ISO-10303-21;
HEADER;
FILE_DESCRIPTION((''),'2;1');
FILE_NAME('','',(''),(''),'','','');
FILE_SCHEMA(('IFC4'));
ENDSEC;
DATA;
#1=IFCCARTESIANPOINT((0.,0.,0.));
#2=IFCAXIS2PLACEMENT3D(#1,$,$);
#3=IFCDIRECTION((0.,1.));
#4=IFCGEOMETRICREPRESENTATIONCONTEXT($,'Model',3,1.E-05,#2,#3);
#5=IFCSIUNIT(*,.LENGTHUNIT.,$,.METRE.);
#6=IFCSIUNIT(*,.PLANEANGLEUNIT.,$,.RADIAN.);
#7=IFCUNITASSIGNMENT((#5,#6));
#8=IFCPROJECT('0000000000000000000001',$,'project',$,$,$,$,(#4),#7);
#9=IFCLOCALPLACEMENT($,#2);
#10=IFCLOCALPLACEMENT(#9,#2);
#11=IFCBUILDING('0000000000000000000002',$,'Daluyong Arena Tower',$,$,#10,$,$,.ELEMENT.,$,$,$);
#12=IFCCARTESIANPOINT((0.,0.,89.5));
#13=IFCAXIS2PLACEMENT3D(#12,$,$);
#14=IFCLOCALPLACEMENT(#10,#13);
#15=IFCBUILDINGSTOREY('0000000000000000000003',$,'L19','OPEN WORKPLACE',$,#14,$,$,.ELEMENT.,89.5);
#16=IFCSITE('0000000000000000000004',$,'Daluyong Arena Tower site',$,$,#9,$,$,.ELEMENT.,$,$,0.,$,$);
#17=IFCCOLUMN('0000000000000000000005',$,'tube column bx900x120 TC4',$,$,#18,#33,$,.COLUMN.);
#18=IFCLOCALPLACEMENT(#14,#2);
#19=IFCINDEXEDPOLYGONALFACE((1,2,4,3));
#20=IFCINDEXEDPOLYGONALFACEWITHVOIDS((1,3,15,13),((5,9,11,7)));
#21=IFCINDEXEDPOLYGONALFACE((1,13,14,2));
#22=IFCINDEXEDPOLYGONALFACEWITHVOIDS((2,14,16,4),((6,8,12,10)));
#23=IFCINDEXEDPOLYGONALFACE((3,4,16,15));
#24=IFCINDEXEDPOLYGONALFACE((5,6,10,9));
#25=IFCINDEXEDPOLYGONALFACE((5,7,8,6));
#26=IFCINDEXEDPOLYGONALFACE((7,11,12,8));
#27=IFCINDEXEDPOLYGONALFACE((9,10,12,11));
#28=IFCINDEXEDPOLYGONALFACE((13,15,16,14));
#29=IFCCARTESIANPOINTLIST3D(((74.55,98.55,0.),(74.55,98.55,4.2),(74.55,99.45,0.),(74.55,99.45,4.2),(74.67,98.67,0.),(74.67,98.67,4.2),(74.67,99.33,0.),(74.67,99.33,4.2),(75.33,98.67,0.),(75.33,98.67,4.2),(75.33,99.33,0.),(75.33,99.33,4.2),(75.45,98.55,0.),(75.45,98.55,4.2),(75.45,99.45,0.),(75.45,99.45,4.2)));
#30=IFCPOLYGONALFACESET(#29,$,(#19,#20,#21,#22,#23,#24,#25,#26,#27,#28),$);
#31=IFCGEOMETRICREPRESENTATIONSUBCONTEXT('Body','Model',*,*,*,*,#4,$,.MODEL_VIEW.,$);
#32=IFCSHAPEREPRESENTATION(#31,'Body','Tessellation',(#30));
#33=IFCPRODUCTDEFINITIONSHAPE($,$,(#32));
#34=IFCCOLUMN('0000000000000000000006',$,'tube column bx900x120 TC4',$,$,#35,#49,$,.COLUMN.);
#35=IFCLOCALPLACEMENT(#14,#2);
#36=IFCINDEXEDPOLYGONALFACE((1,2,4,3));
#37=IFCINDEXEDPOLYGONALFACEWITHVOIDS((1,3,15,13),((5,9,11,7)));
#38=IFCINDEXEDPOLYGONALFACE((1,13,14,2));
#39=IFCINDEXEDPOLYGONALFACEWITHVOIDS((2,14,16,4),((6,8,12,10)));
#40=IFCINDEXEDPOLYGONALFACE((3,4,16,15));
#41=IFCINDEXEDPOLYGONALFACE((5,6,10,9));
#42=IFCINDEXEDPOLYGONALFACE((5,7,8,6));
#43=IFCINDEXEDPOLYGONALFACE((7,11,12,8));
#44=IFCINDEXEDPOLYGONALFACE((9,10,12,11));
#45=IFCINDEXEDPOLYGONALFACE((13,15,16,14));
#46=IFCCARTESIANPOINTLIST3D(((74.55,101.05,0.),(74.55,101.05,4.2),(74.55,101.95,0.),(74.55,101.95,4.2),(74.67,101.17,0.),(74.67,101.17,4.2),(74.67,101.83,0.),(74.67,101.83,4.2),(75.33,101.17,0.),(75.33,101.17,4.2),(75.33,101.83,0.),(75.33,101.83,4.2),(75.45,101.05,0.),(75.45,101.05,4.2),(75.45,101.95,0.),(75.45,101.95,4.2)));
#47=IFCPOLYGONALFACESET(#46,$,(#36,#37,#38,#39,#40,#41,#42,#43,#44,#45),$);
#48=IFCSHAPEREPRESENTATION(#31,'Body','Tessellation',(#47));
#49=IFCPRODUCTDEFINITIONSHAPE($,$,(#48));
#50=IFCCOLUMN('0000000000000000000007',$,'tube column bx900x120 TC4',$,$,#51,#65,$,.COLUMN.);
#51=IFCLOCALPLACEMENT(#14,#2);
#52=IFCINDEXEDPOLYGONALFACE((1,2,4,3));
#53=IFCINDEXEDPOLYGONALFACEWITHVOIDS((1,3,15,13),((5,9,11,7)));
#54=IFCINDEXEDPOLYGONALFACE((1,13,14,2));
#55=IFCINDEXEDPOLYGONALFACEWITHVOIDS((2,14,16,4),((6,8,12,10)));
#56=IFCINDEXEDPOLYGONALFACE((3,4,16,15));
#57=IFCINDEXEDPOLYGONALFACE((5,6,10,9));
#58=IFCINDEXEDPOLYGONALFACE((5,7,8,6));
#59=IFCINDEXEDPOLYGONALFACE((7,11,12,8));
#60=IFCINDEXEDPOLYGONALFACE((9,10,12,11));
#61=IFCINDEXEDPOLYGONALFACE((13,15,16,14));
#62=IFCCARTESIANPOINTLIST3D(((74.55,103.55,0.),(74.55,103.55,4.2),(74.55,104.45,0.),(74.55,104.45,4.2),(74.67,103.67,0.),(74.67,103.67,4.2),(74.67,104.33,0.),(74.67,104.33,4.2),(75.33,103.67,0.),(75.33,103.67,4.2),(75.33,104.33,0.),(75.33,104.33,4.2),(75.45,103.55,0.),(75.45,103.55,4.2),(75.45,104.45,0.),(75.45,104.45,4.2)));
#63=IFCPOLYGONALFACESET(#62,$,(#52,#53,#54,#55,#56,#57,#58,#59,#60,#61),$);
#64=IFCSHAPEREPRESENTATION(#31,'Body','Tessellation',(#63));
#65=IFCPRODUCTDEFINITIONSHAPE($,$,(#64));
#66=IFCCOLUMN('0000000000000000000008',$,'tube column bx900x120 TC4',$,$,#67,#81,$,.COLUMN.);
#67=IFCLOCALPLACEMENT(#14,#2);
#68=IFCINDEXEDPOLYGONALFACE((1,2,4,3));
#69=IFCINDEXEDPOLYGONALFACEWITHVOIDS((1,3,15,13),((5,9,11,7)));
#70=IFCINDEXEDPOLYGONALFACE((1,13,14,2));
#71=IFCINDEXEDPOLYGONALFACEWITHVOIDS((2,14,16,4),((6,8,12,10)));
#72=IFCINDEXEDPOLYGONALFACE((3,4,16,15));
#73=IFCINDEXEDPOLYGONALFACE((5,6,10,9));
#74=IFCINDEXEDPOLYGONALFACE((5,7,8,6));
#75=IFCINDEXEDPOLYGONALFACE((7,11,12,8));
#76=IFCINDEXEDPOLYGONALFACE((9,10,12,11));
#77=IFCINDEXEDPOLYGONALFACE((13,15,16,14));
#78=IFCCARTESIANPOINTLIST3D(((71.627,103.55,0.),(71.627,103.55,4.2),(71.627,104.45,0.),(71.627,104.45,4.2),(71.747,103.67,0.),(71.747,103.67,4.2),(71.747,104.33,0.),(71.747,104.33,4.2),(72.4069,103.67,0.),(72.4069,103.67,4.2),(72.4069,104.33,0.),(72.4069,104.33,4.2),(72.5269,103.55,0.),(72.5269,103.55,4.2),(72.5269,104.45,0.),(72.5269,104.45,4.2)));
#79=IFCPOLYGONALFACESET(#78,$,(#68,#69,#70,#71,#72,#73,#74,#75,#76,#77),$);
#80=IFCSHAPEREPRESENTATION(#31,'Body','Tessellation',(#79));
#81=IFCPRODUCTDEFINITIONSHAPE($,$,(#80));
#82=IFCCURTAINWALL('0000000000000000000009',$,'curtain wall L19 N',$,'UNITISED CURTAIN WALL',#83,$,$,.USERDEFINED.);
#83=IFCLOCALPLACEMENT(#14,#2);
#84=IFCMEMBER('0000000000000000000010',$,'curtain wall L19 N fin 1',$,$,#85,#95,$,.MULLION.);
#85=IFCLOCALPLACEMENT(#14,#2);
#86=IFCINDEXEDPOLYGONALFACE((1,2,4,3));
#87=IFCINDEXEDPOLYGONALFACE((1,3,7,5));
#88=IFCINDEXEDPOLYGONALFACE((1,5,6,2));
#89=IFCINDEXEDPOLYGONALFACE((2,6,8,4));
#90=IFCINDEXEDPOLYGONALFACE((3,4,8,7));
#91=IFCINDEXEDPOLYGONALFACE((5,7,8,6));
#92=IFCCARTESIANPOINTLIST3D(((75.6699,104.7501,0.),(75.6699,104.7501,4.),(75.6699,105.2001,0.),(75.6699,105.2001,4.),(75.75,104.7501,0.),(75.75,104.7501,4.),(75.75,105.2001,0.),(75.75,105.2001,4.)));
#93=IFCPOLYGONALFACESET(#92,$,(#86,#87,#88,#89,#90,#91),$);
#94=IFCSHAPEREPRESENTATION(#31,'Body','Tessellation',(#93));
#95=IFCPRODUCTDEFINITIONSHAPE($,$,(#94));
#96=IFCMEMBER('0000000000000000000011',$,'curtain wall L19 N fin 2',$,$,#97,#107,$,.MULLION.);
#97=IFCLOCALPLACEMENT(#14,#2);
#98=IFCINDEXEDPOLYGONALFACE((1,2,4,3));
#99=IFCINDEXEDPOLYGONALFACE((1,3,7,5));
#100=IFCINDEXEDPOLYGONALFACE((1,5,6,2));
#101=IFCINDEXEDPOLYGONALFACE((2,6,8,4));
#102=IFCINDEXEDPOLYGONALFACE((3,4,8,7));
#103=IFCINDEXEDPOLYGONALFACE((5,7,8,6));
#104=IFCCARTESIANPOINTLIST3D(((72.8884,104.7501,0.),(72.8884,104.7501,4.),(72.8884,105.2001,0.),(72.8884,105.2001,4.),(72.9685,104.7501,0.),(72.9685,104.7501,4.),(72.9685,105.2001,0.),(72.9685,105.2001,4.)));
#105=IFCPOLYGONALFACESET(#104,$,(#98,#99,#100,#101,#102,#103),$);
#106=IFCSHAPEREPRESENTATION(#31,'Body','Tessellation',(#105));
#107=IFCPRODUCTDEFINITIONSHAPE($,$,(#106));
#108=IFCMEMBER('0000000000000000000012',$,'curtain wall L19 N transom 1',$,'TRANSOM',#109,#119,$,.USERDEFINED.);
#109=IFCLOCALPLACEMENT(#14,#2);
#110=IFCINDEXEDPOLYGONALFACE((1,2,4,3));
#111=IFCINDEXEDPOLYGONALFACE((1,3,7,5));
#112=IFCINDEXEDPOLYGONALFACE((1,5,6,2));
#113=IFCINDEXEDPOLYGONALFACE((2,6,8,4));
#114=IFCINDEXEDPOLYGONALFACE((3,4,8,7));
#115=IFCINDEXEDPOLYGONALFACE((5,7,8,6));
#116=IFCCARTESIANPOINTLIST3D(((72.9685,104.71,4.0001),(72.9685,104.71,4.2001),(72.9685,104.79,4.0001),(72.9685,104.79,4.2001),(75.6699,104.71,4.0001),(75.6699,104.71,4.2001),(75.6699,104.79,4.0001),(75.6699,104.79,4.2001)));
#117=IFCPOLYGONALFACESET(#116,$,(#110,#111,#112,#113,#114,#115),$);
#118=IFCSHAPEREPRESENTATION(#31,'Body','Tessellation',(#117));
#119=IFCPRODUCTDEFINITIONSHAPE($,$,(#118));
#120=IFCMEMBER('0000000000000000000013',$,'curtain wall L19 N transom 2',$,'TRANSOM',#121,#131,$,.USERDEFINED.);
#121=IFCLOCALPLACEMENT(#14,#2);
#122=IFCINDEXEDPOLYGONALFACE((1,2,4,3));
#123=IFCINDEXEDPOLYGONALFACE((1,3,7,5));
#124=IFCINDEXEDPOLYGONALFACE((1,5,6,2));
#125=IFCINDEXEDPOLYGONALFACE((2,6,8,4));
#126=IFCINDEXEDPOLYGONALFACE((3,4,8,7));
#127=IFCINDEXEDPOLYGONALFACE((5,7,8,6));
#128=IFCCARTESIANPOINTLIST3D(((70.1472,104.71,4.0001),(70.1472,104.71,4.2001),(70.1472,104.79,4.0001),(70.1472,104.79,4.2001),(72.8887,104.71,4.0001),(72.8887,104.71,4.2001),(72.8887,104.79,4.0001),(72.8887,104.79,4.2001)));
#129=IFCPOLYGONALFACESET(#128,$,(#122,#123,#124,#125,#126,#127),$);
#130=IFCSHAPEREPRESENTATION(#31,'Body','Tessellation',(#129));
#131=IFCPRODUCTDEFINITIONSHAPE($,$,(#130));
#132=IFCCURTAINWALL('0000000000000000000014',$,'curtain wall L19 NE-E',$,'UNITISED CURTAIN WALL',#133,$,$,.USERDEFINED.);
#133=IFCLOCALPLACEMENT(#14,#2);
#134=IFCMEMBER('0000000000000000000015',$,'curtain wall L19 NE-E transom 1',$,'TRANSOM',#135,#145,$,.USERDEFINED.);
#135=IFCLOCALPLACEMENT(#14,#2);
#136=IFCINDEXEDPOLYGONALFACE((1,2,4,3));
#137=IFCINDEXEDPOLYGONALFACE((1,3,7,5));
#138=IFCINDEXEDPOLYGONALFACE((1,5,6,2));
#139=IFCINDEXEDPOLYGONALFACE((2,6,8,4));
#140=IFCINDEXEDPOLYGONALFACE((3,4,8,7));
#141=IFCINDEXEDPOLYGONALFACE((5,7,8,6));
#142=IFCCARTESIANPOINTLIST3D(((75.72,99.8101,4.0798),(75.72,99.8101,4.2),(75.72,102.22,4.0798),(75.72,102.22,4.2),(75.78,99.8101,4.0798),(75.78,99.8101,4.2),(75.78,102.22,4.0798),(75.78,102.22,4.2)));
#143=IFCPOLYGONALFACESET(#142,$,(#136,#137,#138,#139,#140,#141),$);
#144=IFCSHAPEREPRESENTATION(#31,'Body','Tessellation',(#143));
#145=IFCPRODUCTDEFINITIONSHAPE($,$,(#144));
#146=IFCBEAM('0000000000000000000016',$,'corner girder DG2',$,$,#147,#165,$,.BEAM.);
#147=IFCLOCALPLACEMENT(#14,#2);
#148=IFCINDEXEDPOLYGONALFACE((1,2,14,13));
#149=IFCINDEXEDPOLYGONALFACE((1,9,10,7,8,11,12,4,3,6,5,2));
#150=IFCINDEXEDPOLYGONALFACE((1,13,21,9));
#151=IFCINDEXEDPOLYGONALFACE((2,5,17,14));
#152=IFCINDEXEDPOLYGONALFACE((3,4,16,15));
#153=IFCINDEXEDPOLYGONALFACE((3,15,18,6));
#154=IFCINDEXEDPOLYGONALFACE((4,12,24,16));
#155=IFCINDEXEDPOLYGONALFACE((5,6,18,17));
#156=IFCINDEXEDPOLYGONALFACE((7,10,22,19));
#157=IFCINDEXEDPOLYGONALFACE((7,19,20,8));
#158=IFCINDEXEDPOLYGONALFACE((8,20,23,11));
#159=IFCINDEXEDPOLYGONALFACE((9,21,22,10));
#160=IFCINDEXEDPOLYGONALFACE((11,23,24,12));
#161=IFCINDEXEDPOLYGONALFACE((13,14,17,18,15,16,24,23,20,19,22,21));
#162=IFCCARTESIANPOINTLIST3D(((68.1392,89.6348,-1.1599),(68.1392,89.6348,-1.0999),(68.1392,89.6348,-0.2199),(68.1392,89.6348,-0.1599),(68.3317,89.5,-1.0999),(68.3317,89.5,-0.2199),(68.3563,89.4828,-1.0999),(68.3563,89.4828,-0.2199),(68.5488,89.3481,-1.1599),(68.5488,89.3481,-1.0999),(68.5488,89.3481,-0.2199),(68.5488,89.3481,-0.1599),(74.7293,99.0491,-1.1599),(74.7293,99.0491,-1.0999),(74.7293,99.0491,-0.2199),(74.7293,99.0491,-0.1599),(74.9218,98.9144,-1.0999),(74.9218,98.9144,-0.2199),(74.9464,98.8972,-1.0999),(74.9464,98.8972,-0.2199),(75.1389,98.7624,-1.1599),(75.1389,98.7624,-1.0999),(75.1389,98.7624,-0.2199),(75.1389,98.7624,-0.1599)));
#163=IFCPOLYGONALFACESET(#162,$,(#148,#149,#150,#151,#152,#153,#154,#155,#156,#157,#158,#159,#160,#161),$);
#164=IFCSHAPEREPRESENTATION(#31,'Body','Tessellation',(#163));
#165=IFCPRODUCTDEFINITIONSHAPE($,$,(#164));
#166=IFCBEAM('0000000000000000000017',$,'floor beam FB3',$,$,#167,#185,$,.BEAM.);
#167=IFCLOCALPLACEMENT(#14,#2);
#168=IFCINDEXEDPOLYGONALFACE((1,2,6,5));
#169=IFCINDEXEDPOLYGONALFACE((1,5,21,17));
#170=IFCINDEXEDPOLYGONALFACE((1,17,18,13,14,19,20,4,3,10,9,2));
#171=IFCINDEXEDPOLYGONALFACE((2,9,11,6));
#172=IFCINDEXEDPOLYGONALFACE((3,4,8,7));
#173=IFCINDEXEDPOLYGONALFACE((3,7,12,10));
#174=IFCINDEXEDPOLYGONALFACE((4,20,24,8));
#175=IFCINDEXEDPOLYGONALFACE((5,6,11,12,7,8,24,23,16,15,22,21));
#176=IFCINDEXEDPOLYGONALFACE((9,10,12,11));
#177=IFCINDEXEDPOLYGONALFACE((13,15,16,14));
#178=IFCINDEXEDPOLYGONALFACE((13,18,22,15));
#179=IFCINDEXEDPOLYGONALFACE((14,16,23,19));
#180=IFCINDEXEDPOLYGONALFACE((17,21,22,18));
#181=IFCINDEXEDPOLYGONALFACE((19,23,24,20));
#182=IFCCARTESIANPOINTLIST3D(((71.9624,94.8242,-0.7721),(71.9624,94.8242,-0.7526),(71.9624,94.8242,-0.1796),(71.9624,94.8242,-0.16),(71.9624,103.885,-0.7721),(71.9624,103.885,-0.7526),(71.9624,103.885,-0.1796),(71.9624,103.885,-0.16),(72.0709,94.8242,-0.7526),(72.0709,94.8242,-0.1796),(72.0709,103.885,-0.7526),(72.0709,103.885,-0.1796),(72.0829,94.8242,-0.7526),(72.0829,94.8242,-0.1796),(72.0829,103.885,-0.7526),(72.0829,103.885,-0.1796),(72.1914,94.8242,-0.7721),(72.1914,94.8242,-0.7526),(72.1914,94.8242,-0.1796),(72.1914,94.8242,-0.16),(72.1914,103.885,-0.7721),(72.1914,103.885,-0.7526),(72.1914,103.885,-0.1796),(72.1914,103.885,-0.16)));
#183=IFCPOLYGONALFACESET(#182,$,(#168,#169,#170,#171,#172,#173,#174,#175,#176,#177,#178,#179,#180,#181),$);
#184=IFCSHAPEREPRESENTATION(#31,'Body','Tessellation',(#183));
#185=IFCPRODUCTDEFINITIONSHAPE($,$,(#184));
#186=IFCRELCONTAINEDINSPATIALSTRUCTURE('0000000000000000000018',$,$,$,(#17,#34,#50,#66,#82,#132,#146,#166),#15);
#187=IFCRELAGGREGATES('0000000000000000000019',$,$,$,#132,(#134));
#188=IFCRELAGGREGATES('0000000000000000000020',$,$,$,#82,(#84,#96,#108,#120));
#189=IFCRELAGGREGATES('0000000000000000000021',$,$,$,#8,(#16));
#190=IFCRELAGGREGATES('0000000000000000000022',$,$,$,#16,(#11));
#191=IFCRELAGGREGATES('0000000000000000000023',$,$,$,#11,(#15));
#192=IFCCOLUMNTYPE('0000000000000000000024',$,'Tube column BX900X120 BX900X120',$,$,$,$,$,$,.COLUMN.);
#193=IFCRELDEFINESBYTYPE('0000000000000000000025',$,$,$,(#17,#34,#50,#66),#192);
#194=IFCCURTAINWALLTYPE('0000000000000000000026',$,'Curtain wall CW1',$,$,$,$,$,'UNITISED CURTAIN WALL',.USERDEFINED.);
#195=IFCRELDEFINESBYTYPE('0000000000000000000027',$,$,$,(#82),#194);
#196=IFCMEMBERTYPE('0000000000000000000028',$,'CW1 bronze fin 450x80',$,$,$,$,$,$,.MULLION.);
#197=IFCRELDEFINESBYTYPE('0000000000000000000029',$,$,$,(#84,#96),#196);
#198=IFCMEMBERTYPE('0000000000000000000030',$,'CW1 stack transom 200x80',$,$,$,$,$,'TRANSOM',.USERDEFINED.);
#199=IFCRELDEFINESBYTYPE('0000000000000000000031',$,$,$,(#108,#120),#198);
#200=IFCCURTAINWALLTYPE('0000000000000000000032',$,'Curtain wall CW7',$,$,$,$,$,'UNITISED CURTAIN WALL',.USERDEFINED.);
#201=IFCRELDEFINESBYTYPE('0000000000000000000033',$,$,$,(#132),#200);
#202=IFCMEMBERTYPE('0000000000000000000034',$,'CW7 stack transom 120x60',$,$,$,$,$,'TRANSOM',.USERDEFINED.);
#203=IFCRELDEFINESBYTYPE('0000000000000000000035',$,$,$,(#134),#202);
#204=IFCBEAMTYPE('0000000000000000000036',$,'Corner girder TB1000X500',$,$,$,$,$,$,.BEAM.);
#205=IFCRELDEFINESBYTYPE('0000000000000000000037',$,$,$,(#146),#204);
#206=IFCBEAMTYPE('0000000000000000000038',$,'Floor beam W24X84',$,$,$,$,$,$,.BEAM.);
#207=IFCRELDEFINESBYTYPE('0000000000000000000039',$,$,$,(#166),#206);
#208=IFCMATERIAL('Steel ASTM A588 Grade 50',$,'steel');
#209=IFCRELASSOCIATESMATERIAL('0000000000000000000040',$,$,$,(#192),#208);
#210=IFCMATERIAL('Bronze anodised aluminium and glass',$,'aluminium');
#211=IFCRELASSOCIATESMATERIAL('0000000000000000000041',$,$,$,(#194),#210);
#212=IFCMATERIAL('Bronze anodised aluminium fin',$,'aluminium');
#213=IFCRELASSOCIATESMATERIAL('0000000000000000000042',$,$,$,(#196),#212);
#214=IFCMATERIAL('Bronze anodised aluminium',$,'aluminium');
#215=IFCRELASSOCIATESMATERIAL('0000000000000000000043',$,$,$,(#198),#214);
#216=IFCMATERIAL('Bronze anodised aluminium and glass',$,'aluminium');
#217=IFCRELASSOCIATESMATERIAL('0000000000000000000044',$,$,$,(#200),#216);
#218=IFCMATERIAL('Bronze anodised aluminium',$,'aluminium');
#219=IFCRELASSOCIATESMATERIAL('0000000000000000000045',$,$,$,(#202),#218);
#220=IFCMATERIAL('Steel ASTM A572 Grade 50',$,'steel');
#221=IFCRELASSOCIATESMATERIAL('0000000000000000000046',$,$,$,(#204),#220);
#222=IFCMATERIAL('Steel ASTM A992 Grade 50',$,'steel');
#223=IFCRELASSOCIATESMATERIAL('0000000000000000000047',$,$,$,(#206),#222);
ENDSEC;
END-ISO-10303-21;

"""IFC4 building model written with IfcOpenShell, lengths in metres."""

from ifc_helpers import new_model, si_unit, direction, frame, origin, origin_2d, place, context, subcontext, project, spatial, rectangle, hollow_rectangle, i_section, extrude, material, material_profile, profile_set, type_object, element, aggregate, save


model = new_model("IFC4")

# Units and contexts
model_context = context("Model", 3, precision=1e-05, world=origin(), true_north=direction((0.0, 1.0)))
body_context = subcontext(model_context, "Body", "Model", "MODEL_VIEW")
ifc_project = project(units=[si_unit("LENGTHUNIT", "METRE"), si_unit("PLANEANGLEUNIT", "RADIAN")], contexts=[model_context])

# Site, building, storey
site_placement = place(None, origin())
site = spatial("IfcSite", under=ifc_project, at=site_placement, Name="Daluyong Arena Tower site", CompositionType="ELEMENT", RefElevation=0.0)
building_placement = place(site_placement, origin())
building = spatial("IfcBuilding", under=site, at=building_placement, Name="Daluyong Arena Tower", CompositionType="ELEMENT")
storey_placement = place(building_placement, frame((0.0, 0.0, 89.5)))
storey = spatial("IfcBuildingStorey", under=building, at=storey_placement, Name="L19", Description="OPEN WORKPLACE", CompositionType="ELEMENT", Elevation=89.5)

# Columns
ifc_material_1 = material(Name="Steel ASTM A588 Grade 50", Category="steel")
ifc_material_profile_1 = material_profile(ifc_material_1, hollow_rectangle(XDim=0.8999, YDim=0.8999, WallThickness=0.12, at=origin_2d()))
ifc_profile_set_1 = profile_set([ifc_material_profile_1], Name="Steel ASTM A588 Grade 50")
column_type = type_object("IfcColumnType", Name="Tube column BX900X120 BX900X120", PredefinedType="COLUMN", material=ifc_profile_set_1)
for number, where, z_axis, x_axis, name in (
    (1, (75.0, 99.0, 0.0), (0.0, 0.0, 1.0), (0.0, 1.0, 0.0), "tube column bx900x120 TC4"),
    (2, (75.0, 101.5, 0.0), (0.0, 0.0, 1.0), (0.0, 1.0, 0.0), "tube column bx900x120 TC4"),
    (3, (75.0, 104.0, 0.0), (0.0, 0.0, 1.0), (1.0, 0.0, 0.0), "tube column bx900x120 TC4"),
    (4, (72.0769, 104.0, 0.0), (0.0, 0.0, 1.0), (1.0, 0.0, 0.0), "tube column bx900x120 TC4"),
):
    element("IfcColumn", number, at=place(storey_placement, frame(where, z_axis=z_axis, x_axis=x_axis)), inside=storey, type_object=column_type, Name=name, PredefinedType="COLUMN", context=body_context, shape_type="SweptSolid", body=[
        extrude(hollow_rectangle(XDim=0.8999, YDim=0.8999, WallThickness=0.12, at=origin_2d()), origin(), (0.0, 0.0, 1.0), 4.2),
    ])

# Curtain wall, members
ifc_material_2 = material(Name="Bronze anodised aluminium and glass", Category="aluminium")
curtain_wall_type_1 = type_object("IfcCurtainWallType", Name="Curtain wall CW1", ElementType="UNITISED CURTAIN WALL", PredefinedType="USERDEFINED", material=ifc_material_2)
curtain_wall_1_placement = place(storey_placement, origin())
curtain_wall_1 = element("IfcCurtainWall", 5, at=curtain_wall_1_placement, inside=storey, type_object=curtain_wall_type_1, Name="curtain wall L19 N", ObjectType="UNITISED CURTAIN WALL", PredefinedType="USERDEFINED")
ifc_material_3 = material(Name="Bronze anodised aluminium fin", Category="aluminium")
ifc_material_profile_2 = material_profile(ifc_material_3, rectangle(XDim=0.45, YDim=0.0801, at=origin_2d()))
ifc_profile_set_2 = profile_set([ifc_material_profile_2], Name="Bronze anodised aluminium fin")
member_type_1 = type_object("IfcMemberType", Name="CW1 bronze fin 450x80", PredefinedType="MULLION", material=ifc_profile_set_2)
member_1_placement = place(storey_placement, frame((75.71, 104.9751, 0.0), z_axis=(0.0, 0.0, 1.0), x_axis=(0.0, -1.0, 0.0)))
member_1 = element("IfcMember", 6, at=member_1_placement, type_object=member_type_1, Name="curtain wall L19 N fin 1", PredefinedType="MULLION", context=body_context, shape_type="SweptSolid", body=[
    extrude(rectangle(XDim=0.45, YDim=0.0801, at=origin_2d()), origin(), (0.0, 0.0, 1.0), 4.0),
])
member_2_placement = place(storey_placement, frame((72.9285, 104.9751, 0.0), z_axis=(0.0, 0.0, 1.0), x_axis=(0.0, -1.0, 0.0)))
member_2 = element("IfcMember", 7, at=member_2_placement, type_object=member_type_1, Name="curtain wall L19 N fin 2", PredefinedType="MULLION", context=body_context, shape_type="SweptSolid", body=[
    extrude(rectangle(XDim=0.45, YDim=0.0801, at=origin_2d()), origin(), (0.0, 0.0, 1.0), 4.0),
])
ifc_material_4 = material(Name="Bronze anodised aluminium", Category="aluminium")
ifc_material_profile_3 = material_profile(ifc_material_4, rectangle(XDim=0.0801, YDim=0.2, at=origin_2d()))
ifc_profile_set_3 = profile_set([ifc_material_profile_3], Name="Bronze anodised aluminium")
member_type_2 = type_object("IfcMemberType", Name="CW1 stack transom 200x80", ElementType="TRANSOM", PredefinedType="USERDEFINED", material=ifc_profile_set_3)
member_3_placement = place(storey_placement, frame((75.6699, 104.75, 4.1001), z_axis=(-1.0, 0.0, 0.0), x_axis=(0.0, -1.0, 0.0)))
member_3 = element("IfcMember", 8, at=member_3_placement, type_object=member_type_2, Name="curtain wall L19 N transom 1", ObjectType="TRANSOM", PredefinedType="USERDEFINED", context=body_context, shape_type="SweptSolid", body=[
    extrude(rectangle(XDim=0.0801, YDim=0.2, at=origin_2d()), origin(), (0.0, 0.0, 1.0), 2.7014),
])
member_4_placement = place(storey_placement, frame((72.8887, 104.75, 4.1001), z_axis=(-1.0, 0.0, 0.0), x_axis=(0.0, -1.0, 0.0)))
member_4 = element("IfcMember", 9, at=member_4_placement, type_object=member_type_2, Name="curtain wall L19 N transom 2", ObjectType="TRANSOM", PredefinedType="USERDEFINED", context=body_context, shape_type="SweptSolid", body=[
    extrude(rectangle(XDim=0.0801, YDim=0.2, at=origin_2d()), origin(), (0.0, 0.0, 1.0), 2.7415),
])

# Curtain wall, member
ifc_material_5 = material(Name="Bronze anodised aluminium and glass", Category="aluminium")
curtain_wall_type_2 = type_object("IfcCurtainWallType", Name="Curtain wall CW7", ElementType="UNITISED CURTAIN WALL", PredefinedType="USERDEFINED", material=ifc_material_5)
curtain_wall_2_placement = place(storey_placement, origin())
curtain_wall_2 = element("IfcCurtainWall", 10, at=curtain_wall_2_placement, inside=storey, type_object=curtain_wall_type_2, Name="curtain wall L19 NE-E", ObjectType="UNITISED CURTAIN WALL", PredefinedType="USERDEFINED")
ifc_material_6 = material(Name="Bronze anodised aluminium", Category="aluminium")
ifc_material_profile_4 = material_profile(ifc_material_6, rectangle(XDim=0.0601, YDim=0.1201, at=origin_2d()))
ifc_profile_set_4 = profile_set([ifc_material_profile_4], Name="Bronze anodised aluminium")
member_type_3 = type_object("IfcMemberType", Name="CW7 stack transom 120x60", ElementType="TRANSOM", PredefinedType="USERDEFINED", material=ifc_profile_set_4)
member_5_placement = place(storey_placement, frame((75.75, 99.8101, 4.1399), z_axis=(0.0, 1.0, 0.0), x_axis=(-1.0, 0.0, 0.0)))
member_5 = element("IfcMember", 11, at=member_5_placement, type_object=member_type_3, Name="curtain wall L19 NE-E transom 1", ObjectType="TRANSOM", PredefinedType="USERDEFINED", context=body_context, shape_type="SweptSolid", body=[
    extrude(rectangle(XDim=0.0601, YDim=0.1201, at=origin_2d()), origin(), (0.0, 0.0, 1.0), 2.4099),
])
aggregate(curtain_wall_2, [member_5])

# Beams
ifc_material_7 = material(Name="Steel ASTM A572 Grade 50", Category="steel")
ifc_material_profile_5 = material_profile(ifc_material_7, i_section(OverallWidth=0.5, OverallDepth=1.0, WebThickness=0.03, FlangeThickness=0.06, at=origin_2d()))
ifc_profile_set_5 = profile_set([ifc_material_profile_5], Name="Steel ASTM A572 Grade 50")
beam_type_1 = type_object("IfcBeamType", Name="Corner girder TB1000X500", PredefinedType="BEAM", material=ifc_profile_set_5)
beam_1_placement = place(storey_placement, frame((74.9341, 98.9058, -0.6599), z_axis=(-0.573467, -0.819229, 0.0), x_axis=(0.819229, -0.573467, 0.0)))
element("IfcBeam", 12, at=beam_1_placement, inside=storey, type_object=beam_type_1, Name="corner girder DG2", PredefinedType="BEAM", context=body_context, shape_type="SweptSolid", body=[
    extrude(i_section(OverallWidth=0.5, OverallDepth=1.0, WebThickness=0.03, FlangeThickness=0.06, at=origin_2d()), origin(), (0.0, 0.0, 1.0), 11.4917),
])
ifc_material_8 = material(Name="Steel ASTM A992 Grade 50", Category="steel")
ifc_material_profile_6 = material_profile(ifc_material_8, i_section(OverallWidth=0.229, OverallDepth=0.6121, WebThickness=0.012, FlangeThickness=0.0195, at=origin_2d()))
ifc_profile_set_6 = profile_set([ifc_material_profile_6], Name="Steel ASTM A992 Grade 50")
beam_type_2 = type_object("IfcBeamType", Name="Floor beam W24X84", PredefinedType="BEAM", material=ifc_profile_set_6)
beam_2_placement = place(storey_placement, frame((72.0769, 103.885, -0.4661), z_axis=(0.0, -1.0, 0.0), x_axis=(1.0, 0.0, 0.0)))
element("IfcBeam", 13, at=beam_2_placement, inside=storey, type_object=beam_type_2, Name="floor beam FB3", PredefinedType="BEAM", context=body_context, shape_type="SweptSolid", body=[
    extrude(i_section(OverallWidth=0.229, OverallDepth=0.6121, WebThickness=0.012, FlangeThickness=0.0195, at=origin_2d()), origin(), (0.0, 0.0, 1.0), 9.0608),
])

aggregate(curtain_wall_1, [member_1, member_2, member_3, member_4])

save(model, "model.ifc")
